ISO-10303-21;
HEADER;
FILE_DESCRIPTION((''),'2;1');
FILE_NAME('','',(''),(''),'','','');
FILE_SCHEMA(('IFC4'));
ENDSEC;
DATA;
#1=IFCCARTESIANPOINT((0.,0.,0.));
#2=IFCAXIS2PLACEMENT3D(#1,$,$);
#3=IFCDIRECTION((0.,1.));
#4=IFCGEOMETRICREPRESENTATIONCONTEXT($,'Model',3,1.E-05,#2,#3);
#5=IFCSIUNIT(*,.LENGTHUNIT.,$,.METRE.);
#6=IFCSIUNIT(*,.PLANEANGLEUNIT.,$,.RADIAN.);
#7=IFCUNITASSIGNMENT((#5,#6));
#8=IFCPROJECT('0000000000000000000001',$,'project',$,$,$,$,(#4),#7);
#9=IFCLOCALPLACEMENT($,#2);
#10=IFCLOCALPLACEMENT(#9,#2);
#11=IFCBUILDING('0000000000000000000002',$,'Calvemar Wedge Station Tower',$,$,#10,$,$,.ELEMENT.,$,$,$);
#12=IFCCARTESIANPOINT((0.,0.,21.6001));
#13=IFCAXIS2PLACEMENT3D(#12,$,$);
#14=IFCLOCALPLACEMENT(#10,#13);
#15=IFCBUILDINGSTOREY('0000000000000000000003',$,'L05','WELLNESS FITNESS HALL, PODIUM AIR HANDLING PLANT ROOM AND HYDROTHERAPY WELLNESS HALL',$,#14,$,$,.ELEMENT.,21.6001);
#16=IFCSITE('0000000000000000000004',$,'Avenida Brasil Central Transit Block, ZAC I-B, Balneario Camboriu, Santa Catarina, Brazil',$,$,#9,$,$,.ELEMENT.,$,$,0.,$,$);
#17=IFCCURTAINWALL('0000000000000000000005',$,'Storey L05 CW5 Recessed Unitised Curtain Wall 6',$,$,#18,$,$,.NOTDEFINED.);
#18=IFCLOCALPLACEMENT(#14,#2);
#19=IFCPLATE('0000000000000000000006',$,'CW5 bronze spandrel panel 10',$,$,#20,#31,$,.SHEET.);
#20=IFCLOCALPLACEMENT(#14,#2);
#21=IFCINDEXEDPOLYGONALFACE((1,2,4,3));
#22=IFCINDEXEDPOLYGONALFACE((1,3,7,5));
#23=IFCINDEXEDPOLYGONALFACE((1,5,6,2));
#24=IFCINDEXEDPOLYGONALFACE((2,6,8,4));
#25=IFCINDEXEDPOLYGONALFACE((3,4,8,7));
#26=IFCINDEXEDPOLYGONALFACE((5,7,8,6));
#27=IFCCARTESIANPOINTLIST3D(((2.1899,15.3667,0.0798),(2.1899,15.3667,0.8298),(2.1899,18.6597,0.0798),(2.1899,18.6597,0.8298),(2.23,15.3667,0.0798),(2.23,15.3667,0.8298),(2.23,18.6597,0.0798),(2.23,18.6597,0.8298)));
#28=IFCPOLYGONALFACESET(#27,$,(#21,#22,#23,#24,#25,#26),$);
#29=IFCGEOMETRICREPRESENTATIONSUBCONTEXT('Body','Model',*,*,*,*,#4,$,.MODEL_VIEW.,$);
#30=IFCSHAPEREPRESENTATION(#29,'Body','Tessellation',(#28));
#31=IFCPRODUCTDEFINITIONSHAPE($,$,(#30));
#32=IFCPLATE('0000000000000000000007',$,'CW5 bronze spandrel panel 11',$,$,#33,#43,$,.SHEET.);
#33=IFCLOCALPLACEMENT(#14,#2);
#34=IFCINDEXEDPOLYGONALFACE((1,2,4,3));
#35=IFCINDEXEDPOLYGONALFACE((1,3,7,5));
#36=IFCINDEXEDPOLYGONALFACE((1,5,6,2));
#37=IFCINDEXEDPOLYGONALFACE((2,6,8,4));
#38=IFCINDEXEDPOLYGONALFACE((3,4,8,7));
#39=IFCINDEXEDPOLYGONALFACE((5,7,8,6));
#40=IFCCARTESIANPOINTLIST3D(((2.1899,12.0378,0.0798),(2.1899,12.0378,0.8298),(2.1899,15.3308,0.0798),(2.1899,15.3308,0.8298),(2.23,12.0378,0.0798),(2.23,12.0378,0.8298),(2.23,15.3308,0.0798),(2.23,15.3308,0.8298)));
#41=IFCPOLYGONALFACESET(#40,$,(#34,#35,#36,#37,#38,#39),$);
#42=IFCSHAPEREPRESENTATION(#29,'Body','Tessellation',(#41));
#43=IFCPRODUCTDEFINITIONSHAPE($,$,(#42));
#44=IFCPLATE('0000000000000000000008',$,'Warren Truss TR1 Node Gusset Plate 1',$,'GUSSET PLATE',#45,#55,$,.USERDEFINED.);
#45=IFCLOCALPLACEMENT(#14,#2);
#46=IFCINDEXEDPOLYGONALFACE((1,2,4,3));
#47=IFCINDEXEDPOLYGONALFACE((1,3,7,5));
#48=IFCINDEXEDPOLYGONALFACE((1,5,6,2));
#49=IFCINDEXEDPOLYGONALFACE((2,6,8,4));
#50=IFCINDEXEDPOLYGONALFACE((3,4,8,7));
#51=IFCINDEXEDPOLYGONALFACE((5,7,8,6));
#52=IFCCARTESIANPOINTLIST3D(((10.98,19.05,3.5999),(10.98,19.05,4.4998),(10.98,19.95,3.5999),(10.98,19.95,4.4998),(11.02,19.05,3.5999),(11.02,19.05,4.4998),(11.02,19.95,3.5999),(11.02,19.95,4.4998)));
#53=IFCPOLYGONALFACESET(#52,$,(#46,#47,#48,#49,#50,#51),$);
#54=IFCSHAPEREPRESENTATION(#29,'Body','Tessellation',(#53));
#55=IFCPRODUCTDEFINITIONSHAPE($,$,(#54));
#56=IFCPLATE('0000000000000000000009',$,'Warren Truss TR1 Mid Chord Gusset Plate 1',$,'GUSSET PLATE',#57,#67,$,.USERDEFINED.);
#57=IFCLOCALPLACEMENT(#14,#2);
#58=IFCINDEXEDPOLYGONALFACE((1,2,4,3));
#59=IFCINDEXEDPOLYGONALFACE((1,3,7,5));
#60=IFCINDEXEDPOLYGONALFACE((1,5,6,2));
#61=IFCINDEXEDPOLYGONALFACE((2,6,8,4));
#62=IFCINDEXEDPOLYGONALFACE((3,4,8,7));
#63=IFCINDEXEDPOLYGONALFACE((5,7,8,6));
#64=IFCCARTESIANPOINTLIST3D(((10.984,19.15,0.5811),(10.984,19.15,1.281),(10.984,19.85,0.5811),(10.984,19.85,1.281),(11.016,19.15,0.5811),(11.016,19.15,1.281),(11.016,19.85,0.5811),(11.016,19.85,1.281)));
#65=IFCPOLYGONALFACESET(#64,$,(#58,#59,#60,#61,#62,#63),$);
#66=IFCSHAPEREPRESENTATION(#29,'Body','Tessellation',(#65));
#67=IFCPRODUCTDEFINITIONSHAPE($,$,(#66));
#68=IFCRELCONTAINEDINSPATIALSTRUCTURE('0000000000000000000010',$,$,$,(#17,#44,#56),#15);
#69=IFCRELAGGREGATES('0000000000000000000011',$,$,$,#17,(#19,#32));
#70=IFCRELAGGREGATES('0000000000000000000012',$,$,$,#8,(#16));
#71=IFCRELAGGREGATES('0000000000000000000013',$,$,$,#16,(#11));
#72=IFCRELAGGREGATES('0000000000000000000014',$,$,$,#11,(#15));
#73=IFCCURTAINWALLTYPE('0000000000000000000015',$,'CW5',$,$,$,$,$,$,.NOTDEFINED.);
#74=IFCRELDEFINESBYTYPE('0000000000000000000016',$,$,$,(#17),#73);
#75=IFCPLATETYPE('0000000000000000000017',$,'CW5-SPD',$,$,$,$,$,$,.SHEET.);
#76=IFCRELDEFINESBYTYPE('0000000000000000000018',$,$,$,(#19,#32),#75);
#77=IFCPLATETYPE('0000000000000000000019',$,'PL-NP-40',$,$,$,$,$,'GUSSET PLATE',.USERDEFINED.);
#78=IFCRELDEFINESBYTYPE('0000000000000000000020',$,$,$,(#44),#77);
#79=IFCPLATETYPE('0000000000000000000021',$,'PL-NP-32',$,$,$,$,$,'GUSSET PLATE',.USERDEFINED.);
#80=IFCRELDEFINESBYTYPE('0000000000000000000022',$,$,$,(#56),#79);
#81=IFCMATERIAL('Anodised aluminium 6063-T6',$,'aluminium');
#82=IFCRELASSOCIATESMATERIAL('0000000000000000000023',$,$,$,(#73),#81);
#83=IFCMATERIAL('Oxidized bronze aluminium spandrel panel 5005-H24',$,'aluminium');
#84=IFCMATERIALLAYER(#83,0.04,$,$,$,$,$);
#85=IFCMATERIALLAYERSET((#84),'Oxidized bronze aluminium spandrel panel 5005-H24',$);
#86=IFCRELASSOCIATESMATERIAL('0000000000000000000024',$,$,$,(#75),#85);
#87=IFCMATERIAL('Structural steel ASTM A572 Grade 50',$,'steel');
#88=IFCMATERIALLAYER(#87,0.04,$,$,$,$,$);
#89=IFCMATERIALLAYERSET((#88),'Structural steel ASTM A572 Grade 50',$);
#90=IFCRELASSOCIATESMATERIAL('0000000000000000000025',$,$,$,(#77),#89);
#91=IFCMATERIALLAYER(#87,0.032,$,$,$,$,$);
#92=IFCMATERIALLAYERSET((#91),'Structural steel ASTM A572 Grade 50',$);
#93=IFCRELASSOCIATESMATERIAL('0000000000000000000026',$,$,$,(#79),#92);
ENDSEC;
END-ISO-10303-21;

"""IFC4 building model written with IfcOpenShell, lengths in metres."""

from ifc_helpers import new_model, si_unit, direction, frame, frame_2d, origin, origin_2d, place, context, subcontext, project, spatial, rectangle, extrude, source, transform, mapped, material, layer, layer_set, type_object, element, aggregate, save


model = new_model("IFC4")

# Units and contexts
model_context = context("Model", 3, precision=1e-05, world=origin(), true_north=direction((0.0, 1.0)))
body_context = subcontext(model_context, "Body", "Model", "MODEL_VIEW")
ifc_project = project(units=[si_unit("LENGTHUNIT", "METRE"), si_unit("PLANEANGLEUNIT", "RADIAN")], contexts=[model_context])

# Site, building, storey
site_placement = place(None, origin())
site = spatial("IfcSite", under=ifc_project, at=site_placement, Name="Avenida Brasil Central Transit Block, ZAC I-B, Balneario Camboriu, Santa Catarina, Brazil", CompositionType="ELEMENT", RefElevation=0.0)
building_placement = place(site_placement, origin())
building = spatial("IfcBuilding", under=site, at=building_placement, Name="Calvemar Wedge Station Tower", CompositionType="ELEMENT")
storey_placement = place(building_placement, frame((0.0, 0.0, 21.6001)))
storey = spatial("IfcBuildingStorey", under=building, at=storey_placement, Name="L05", Description="WELLNESS FITNESS HALL, PODIUM AIR HANDLING PLANT ROOM AND HYDROTHERAPY WELLNESS HALL", CompositionType="ELEMENT", Elevation=21.6001)

# Shared definitions
ifc_material_1 = material(Name="Structural steel ASTM A572 Grade 50", Category="steel")

# Curtain wall, plates
ifc_material_2 = material(Name="Anodised aluminium 6063-T6", Category="aluminium")
curtain_wall_type = type_object("IfcCurtainWallType", Name="CW5", PredefinedType="NOTDEFINED", material=ifc_material_2)
curtain_wall_placement = place(storey_placement, origin())
curtain_wall = element("IfcCurtainWall", 1, at=curtain_wall_placement, inside=storey, type_object=curtain_wall_type, Name="Storey L05 CW5 Recessed Unitised Curtain Wall 6", PredefinedType="NOTDEFINED")
ifc_material_3 = material(Name="Oxidized bronze aluminium spandrel panel 5005-H24", Category="aluminium")
ifc_layer_1 = layer(ifc_material_3, 0.04)
ifc_layer_set_1 = layer_set([ifc_layer_1], Name="Oxidized bronze aluminium spandrel panel 5005-H24")
plate_type_1 = type_object("IfcPlateType", Name="CW5-SPD", PredefinedType="SHEET", material=ifc_layer_set_1)
plate_1_placement = place(storey_placement, frame((2.21, 18.6597, 0.0798), z_axis=(0.0, 0.0, 1.0), x_axis=(0.0, -1.0, 0.0)))
plate_1 = element("IfcPlate", 2, at=plate_1_placement, type_object=plate_type_1, Name="CW5 bronze spandrel panel 10", PredefinedType="SHEET", context=body_context, shape_type="SweptSolid", body=[
    extrude(rectangle(XDim=3.293, YDim=0.04, at=frame_2d((1.6465, 0.0))), origin(), (0.0, 0.0, 1.0), 0.75),
])
plate_2_placement = place(storey_placement, frame((2.21, 15.3308, 0.0798), z_axis=(0.0, 0.0, 1.0), x_axis=(0.0, -1.0, 0.0)))
plate_2 = element("IfcPlate", 3, at=plate_2_placement, type_object=plate_type_1, Name="CW5 bronze spandrel panel 11", PredefinedType="SHEET", context=body_context, shape_type="SweptSolid", body=[
    extrude(rectangle(XDim=3.293, YDim=0.04, at=frame_2d((1.6465, 0.0))), origin(), (0.0, 0.0, 1.0), 0.75),
])
aggregate(curtain_wall, [plate_1, plate_2])

# Plates
ifc_layer_2 = layer(ifc_material_1, 0.04)
ifc_layer_set_2 = layer_set([ifc_layer_2], Name="Structural steel ASTM A572 Grade 50")
plate_type_2 = type_object("IfcPlateType", Name="PL-NP-40", ElementType="GUSSET PLATE", PredefinedType="USERDEFINED", material=ifc_layer_set_2)
shared_shape_1 = source(origin(), body_context, "Body", "SweptSolid", [
    extrude(rectangle(XDim=0.8999, YDim=0.04, at=origin_2d()), origin(), (0.0, 0.0, 1.0), 0.8999),
])
plate_3_placement = place(storey_placement, frame((11.0, 19.5, 3.5999), z_axis=(0.0, 0.0, 1.0), x_axis=(0.0, 1.0, 0.0)))
element("IfcPlate", 4, at=plate_3_placement, inside=storey, type_object=plate_type_2, Name="Warren Truss TR1 Node Gusset Plate 1", ObjectType="GUSSET PLATE", PredefinedType="USERDEFINED", context=body_context, shape_type="MappedRepresentation", body=[
    mapped(shared_shape_1, transform((0.0, 0.0, 0.0), scale=1.0)),
])
ifc_layer_3 = layer(ifc_material_1, 0.032)
ifc_layer_set_3 = layer_set([ifc_layer_3], Name="Structural steel ASTM A572 Grade 50")
plate_type_3 = type_object("IfcPlateType", Name="PL-NP-32", ElementType="GUSSET PLATE", PredefinedType="USERDEFINED", material=ifc_layer_set_3)
shared_shape_2 = source(origin(), body_context, "Body", "SweptSolid", [
    extrude(rectangle(XDim=0.7, YDim=0.032, at=origin_2d()), origin(), (0.0, 0.0, 1.0), 0.7),
])
plate_4_placement = place(storey_placement, frame((11.0, 19.5, 0.5811), z_axis=(0.0, 0.0, 1.0), x_axis=(0.0, 1.0, 0.0)))
element("IfcPlate", 5, at=plate_4_placement, inside=storey, type_object=plate_type_3, Name="Warren Truss TR1 Mid Chord Gusset Plate 1", ObjectType="GUSSET PLATE", PredefinedType="USERDEFINED", context=body_context, shape_type="MappedRepresentation", body=[
    mapped(shared_shape_2, transform((0.0, 0.0, 0.0), scale=1.0)),
])

save(model, "model.ifc")
